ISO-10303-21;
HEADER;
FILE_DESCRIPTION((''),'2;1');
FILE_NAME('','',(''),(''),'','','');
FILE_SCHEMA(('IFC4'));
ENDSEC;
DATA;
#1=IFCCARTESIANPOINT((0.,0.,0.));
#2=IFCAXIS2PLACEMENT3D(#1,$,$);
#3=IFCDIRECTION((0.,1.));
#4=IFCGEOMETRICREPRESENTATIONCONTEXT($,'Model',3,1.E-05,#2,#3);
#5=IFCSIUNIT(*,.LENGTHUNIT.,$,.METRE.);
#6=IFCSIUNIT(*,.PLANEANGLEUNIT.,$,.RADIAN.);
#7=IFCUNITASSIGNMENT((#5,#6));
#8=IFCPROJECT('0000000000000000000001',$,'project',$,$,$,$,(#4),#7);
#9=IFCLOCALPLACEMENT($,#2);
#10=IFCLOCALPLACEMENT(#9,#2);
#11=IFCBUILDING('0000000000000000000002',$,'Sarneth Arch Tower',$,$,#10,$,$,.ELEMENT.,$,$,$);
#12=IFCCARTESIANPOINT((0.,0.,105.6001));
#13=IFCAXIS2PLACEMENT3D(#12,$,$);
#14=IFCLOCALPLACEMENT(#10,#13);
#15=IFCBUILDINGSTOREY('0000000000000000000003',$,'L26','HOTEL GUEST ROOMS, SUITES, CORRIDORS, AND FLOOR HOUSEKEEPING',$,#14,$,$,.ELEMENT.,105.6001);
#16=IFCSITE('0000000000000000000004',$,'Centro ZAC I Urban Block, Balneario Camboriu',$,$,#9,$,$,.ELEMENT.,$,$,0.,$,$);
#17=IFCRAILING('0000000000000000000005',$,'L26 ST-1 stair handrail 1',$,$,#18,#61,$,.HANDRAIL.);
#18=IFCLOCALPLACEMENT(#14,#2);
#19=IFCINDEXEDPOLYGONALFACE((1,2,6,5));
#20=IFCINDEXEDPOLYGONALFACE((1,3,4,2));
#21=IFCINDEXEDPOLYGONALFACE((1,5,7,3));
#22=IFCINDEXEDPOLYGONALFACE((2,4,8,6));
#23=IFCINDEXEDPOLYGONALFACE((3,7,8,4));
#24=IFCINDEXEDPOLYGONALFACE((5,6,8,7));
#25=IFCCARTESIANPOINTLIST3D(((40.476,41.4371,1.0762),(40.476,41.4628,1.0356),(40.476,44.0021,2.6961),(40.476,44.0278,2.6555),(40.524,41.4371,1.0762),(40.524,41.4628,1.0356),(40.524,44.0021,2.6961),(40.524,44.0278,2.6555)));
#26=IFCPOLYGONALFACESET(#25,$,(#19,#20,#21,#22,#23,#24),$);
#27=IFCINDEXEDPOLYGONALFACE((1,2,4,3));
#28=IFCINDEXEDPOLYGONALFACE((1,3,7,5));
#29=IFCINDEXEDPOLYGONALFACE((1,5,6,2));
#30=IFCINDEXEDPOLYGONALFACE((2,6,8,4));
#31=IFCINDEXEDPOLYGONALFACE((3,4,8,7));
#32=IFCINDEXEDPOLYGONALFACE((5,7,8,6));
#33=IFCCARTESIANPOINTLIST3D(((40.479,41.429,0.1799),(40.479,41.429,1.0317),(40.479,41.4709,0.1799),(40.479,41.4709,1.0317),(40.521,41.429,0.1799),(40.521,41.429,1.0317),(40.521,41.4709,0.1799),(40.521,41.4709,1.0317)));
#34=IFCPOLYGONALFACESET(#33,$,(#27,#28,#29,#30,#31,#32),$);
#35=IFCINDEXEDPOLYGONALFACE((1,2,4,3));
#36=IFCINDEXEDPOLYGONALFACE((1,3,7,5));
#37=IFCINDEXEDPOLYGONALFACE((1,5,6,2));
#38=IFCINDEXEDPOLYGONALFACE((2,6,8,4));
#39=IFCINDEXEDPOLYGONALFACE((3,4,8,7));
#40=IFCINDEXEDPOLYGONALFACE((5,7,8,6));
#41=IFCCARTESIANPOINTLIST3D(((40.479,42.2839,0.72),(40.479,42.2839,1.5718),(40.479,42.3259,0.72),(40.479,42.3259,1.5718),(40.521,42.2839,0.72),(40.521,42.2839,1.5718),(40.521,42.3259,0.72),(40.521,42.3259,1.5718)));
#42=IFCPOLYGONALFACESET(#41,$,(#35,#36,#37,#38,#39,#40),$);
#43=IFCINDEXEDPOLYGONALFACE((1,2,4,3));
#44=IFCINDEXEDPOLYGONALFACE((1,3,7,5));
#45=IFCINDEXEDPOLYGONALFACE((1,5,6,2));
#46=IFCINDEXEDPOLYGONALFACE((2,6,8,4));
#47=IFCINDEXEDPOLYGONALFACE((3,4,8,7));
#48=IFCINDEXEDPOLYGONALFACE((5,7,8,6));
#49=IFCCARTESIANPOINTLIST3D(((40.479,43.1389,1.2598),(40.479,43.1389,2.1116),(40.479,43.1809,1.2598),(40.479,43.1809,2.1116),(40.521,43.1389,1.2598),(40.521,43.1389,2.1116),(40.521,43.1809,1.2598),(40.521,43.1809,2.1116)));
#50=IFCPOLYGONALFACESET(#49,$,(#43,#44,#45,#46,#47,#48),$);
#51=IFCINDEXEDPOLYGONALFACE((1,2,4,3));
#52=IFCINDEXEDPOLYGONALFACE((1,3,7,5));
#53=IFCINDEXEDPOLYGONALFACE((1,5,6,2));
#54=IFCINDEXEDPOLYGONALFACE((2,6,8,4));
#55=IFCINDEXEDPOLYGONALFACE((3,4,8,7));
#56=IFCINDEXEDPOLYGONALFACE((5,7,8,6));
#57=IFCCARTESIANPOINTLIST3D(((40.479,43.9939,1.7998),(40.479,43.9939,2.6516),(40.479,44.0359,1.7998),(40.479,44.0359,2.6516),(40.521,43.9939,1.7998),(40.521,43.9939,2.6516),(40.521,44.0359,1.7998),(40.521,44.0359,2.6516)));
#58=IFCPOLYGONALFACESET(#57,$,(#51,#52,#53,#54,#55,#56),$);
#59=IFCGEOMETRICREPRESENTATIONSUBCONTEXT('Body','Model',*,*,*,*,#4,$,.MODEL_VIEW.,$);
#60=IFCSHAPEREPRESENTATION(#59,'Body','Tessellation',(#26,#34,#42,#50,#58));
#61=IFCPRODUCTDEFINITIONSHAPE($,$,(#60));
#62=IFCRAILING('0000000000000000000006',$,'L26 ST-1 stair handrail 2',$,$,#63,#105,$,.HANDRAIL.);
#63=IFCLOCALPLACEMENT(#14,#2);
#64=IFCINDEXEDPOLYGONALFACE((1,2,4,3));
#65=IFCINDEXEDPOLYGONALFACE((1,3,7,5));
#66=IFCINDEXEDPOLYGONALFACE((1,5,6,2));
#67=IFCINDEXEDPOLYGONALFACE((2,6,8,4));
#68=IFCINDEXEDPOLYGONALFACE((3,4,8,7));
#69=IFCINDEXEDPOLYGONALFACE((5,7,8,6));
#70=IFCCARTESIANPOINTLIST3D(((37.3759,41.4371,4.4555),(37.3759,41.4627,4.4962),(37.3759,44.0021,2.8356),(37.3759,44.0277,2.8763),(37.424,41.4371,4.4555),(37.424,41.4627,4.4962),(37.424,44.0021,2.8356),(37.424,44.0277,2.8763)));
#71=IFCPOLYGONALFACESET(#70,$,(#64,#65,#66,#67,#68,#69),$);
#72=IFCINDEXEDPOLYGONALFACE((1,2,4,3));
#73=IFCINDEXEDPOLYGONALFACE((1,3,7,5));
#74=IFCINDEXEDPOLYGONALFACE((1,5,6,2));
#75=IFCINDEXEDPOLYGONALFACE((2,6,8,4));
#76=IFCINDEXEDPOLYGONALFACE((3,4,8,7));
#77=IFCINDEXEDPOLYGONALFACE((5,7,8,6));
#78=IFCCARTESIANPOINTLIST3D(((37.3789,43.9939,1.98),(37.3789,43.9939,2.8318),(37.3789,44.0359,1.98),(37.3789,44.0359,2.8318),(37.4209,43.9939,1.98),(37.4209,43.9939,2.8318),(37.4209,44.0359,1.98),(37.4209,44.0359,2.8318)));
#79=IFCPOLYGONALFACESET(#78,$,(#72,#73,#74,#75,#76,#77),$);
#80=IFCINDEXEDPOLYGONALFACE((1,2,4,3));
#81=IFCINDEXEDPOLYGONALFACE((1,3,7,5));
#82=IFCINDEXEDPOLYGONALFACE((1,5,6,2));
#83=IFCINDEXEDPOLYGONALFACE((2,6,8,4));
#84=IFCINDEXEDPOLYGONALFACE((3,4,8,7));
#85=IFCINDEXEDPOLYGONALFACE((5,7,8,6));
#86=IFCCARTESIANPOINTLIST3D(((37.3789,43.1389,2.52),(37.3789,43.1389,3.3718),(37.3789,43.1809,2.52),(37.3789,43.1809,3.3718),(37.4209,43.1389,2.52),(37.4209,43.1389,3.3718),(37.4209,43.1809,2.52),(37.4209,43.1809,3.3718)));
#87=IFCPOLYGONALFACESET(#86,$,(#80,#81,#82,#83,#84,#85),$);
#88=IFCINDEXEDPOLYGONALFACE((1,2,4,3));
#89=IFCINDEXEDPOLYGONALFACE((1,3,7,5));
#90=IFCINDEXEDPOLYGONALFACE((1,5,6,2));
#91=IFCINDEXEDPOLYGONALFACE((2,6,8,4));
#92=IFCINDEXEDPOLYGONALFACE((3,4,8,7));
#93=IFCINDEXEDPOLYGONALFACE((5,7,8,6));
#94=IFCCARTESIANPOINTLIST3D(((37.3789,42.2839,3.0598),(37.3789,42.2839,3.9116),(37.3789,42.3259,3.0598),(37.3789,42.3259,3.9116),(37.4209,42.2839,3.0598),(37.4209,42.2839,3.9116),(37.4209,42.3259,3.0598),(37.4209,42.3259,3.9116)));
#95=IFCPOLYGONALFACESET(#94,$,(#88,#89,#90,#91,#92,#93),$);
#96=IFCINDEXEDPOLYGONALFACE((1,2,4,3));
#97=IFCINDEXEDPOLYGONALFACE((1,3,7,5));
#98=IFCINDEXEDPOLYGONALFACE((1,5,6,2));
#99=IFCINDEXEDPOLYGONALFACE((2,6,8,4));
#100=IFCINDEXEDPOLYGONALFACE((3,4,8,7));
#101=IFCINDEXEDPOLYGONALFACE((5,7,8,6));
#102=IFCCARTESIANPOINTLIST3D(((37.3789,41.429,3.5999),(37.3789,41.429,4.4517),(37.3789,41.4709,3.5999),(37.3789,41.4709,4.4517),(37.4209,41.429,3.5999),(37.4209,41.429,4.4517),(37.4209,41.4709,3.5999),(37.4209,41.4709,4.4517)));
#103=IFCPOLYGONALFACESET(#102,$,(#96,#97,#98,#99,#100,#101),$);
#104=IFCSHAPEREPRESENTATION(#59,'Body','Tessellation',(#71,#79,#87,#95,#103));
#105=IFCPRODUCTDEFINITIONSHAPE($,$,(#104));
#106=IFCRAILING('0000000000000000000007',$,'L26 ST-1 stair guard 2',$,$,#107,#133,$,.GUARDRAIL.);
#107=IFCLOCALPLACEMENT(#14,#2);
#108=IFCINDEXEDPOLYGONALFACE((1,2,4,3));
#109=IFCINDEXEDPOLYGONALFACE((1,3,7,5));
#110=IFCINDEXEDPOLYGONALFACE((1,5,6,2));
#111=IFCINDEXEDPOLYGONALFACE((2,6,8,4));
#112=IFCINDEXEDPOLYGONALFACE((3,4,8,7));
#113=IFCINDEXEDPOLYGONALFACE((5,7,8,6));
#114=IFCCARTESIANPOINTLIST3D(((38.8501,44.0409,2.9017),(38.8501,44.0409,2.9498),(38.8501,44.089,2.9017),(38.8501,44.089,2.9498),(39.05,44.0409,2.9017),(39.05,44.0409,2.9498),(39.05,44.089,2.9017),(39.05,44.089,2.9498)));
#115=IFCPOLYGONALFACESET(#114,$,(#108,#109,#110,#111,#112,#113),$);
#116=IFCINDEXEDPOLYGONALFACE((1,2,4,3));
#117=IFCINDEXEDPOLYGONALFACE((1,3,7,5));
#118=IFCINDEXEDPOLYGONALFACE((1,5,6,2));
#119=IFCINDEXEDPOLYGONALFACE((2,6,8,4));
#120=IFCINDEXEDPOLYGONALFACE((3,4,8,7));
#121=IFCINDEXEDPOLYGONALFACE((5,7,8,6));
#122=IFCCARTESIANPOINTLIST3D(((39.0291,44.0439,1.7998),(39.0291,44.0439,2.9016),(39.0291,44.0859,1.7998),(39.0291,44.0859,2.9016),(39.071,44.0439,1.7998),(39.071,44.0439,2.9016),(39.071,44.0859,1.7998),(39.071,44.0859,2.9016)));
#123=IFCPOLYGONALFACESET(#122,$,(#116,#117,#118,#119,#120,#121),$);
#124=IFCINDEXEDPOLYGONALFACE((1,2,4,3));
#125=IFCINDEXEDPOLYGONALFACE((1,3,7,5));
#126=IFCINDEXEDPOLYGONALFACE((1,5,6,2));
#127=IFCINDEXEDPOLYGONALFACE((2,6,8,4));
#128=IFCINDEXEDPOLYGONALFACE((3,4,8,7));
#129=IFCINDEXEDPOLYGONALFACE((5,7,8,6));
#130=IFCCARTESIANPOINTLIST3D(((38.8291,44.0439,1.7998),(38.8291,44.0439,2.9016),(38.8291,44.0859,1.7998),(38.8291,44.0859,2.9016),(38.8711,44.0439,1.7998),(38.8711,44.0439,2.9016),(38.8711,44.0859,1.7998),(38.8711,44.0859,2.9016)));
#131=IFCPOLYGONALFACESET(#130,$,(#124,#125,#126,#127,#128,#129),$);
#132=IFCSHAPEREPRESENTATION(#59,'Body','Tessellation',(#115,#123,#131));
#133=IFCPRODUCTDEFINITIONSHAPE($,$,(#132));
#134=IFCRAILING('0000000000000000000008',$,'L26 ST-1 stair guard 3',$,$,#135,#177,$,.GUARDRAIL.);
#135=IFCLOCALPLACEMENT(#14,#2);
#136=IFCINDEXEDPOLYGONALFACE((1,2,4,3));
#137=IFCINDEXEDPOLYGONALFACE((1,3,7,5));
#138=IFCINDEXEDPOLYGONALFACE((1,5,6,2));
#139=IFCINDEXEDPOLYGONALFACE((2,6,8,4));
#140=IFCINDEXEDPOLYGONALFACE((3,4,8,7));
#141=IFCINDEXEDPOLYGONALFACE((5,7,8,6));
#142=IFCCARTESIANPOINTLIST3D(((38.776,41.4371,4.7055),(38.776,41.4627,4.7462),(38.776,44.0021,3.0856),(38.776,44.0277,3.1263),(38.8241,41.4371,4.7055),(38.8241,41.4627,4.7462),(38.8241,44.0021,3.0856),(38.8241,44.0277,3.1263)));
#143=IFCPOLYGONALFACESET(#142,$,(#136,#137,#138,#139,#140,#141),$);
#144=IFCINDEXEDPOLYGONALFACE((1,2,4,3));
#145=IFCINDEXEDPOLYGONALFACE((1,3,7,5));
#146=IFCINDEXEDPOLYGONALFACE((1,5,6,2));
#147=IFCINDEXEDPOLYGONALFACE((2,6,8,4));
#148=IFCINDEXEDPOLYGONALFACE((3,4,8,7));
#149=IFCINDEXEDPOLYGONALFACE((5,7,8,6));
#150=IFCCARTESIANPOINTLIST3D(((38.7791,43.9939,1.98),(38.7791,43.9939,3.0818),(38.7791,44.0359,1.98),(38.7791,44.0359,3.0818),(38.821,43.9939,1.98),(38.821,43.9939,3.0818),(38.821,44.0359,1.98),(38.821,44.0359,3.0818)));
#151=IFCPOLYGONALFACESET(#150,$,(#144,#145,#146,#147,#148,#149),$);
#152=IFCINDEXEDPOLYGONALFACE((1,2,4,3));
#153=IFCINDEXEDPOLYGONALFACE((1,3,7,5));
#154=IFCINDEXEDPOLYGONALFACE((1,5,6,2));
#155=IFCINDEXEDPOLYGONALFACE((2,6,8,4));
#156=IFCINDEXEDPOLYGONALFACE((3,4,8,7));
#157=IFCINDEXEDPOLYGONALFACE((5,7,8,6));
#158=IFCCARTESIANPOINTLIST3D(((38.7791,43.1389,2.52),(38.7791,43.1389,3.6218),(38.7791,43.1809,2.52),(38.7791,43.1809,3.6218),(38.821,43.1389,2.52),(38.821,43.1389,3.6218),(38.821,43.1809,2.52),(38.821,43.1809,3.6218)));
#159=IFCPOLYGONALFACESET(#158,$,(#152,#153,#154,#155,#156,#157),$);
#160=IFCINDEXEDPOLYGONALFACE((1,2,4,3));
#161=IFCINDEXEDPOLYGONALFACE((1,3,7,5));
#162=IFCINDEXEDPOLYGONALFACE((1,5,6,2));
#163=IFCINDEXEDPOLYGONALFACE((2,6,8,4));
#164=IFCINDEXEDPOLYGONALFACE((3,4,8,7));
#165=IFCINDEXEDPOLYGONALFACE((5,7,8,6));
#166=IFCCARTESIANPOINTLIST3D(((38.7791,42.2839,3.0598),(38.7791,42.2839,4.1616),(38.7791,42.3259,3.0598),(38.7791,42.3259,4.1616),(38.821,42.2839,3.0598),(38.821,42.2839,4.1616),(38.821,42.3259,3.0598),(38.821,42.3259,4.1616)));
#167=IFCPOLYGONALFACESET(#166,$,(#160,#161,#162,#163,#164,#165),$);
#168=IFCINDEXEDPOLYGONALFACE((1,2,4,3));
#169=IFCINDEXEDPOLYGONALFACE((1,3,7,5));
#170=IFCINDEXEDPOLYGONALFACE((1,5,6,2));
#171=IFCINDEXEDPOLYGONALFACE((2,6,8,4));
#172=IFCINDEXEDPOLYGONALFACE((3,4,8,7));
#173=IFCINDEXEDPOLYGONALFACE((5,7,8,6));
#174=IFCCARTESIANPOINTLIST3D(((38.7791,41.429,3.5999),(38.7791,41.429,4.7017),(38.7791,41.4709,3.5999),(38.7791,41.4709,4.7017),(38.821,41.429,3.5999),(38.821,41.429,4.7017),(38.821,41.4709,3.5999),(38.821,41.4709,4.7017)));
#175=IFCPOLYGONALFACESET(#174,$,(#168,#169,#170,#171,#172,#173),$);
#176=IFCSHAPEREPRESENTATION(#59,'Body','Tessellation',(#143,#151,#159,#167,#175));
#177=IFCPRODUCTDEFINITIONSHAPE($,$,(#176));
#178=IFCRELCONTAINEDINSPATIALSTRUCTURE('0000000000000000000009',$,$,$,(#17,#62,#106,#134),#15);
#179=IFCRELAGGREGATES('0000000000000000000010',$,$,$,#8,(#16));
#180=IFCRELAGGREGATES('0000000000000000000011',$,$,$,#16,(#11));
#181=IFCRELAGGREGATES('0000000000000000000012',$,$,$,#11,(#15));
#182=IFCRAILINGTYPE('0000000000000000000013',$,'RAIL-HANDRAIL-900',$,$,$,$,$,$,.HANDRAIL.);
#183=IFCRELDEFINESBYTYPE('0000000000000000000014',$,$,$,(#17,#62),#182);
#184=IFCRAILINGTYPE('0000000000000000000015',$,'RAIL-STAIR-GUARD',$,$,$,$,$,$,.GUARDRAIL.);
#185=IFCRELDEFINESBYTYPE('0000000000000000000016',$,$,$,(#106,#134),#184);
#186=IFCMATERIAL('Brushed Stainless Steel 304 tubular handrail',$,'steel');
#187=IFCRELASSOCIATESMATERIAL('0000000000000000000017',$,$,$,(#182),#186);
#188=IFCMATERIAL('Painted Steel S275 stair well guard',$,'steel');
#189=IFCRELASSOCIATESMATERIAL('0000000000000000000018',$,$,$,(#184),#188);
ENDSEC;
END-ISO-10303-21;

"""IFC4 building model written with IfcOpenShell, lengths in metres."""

from ifc_helpers import new_model, si_unit, direction, frame, origin, origin_2d, place, context, subcontext, project, spatial, rectangle, extrude, material, type_object, element, save


model = new_model("IFC4")

# Units and contexts
model_context = context("Model", 3, precision=1e-05, world=origin(), true_north=direction((0.0, 1.0)))
body_context = subcontext(model_context, "Body", "Model", "MODEL_VIEW")
ifc_project = project(units=[si_unit("LENGTHUNIT", "METRE"), si_unit("PLANEANGLEUNIT", "RADIAN")], contexts=[model_context])

# Site, building, storey
site_placement = place(None, origin())
site = spatial("IfcSite", under=ifc_project, at=site_placement, Name="Centro ZAC I Urban Block, Balneario Camboriu", CompositionType="ELEMENT", RefElevation=0.0)
building_placement = place(site_placement, origin())
building = spatial("IfcBuilding", under=site, at=building_placement, Name="Sarneth Arch Tower", CompositionType="ELEMENT")
storey_placement = place(building_placement, frame((0.0, 0.0, 105.6001)))
storey = spatial("IfcBuildingStorey", under=building, at=storey_placement, Name="L26", Description="HOTEL GUEST ROOMS, SUITES, CORRIDORS, AND FLOOR HOUSEKEEPING", CompositionType="ELEMENT", Elevation=105.6001)

# Railings
ifc_material_1 = material(Name="Brushed Stainless Steel 304 tubular handrail", Category="steel")
railing_type_1 = type_object("IfcRailingType", Name="RAIL-HANDRAIL-900", PredefinedType="HANDRAIL", material=ifc_material_1)
railing_1_placement = place(storey_placement, frame((40.5, 41.45, 0.1799)))
element("IfcRailing", 1, at=railing_1_placement, inside=storey, type_object=railing_type_1, Name="L26 ST-1 stair handrail 1", PredefinedType="HANDRAIL", context=body_context, shape_type="SweptSolid", body=[
    extrude(rectangle(XDim=0.0481, YDim=0.0481, at=origin_2d()), frame((0.0, 0.0, 0.876), z_axis=(0.0, 0.845502, 0.533972), x_axis=(-1.0, 0.0, 0.0)), (0.0, 0.0, 1.0), 3.0337),
    extrude(rectangle(XDim=0.042, YDim=0.042, at=origin_2d()), origin(), (0.0, 0.0, 1.0), 0.8518),
    extrude(rectangle(XDim=0.042, YDim=0.042, at=origin_2d()), frame((0.0, 0.855, 0.54)), (0.0, 0.0, 1.0), 0.8518),
    extrude(rectangle(XDim=0.042, YDim=0.042, at=origin_2d()), frame((0.0, 1.71, 1.0798)), (0.0, 0.0, 1.0), 0.8518),
    extrude(rectangle(XDim=0.042, YDim=0.042, at=origin_2d()), frame((0.0, 2.5649, 1.6199)), (0.0, 0.0, 1.0), 0.8518),
])
railing_2_placement = place(storey_placement, frame((37.3999, 44.0149, 1.98)))
element("IfcRailing", 2, at=railing_2_placement, inside=storey, type_object=railing_type_1, Name="L26 ST-1 stair handrail 2", PredefinedType="HANDRAIL", context=body_context, shape_type="SweptSolid", body=[
    extrude(rectangle(XDim=0.0481, YDim=0.0481, at=origin_2d()), frame((0.0, 0.0, 0.876), z_axis=(0.0, -0.845502, 0.533972), x_axis=(1.0, 0.0, 0.0)), (0.0, 0.0, 1.0), 3.0337),
    extrude(rectangle(XDim=0.042, YDim=0.042, at=origin_2d()), origin(), (0.0, 0.0, 1.0), 0.8518),
    extrude(rectangle(XDim=0.042, YDim=0.042, at=origin_2d()), frame((0.0, -0.855, 0.54)), (0.0, 0.0, 1.0), 0.8518),
    extrude(rectangle(XDim=0.042, YDim=0.042, at=origin_2d()), frame((0.0, -1.71, 1.0798)), (0.0, 0.0, 1.0), 0.8518),
    extrude(rectangle(XDim=0.042, YDim=0.042, at=origin_2d()), frame((0.0, -2.5649, 1.6199)), (0.0, 0.0, 1.0), 0.8518),
])
ifc_material_2 = material(Name="Painted Steel S275 stair well guard", Category="steel")
railing_type_2 = type_object("IfcRailingType", Name="RAIL-STAIR-GUARD", PredefinedType="GUARDRAIL", material=ifc_material_2)
railing_3_placement = place(storey_placement, frame((39.05, 44.0649, 1.7998)))
element("IfcRailing", 3, at=railing_3_placement, inside=storey, type_object=railing_type_2, Name="L26 ST-1 stair guard 2", PredefinedType="GUARDRAIL", context=body_context, shape_type="SweptSolid", body=[
    extrude(rectangle(XDim=0.0481, YDim=0.0481, at=origin_2d()), frame((0.0, 0.0, 1.126), z_axis=(-1.0, 0.0, 0.0), x_axis=(0.0, -1.0, 0.0)), (0.0, 0.0, 1.0), 0.2),
    extrude(rectangle(XDim=0.042, YDim=0.042, at=origin_2d()), origin(), (0.0, 0.0, 1.0), 1.1018),
    extrude(rectangle(XDim=0.042, YDim=0.042, at=origin_2d()), frame((-0.2, 0.0, 0.0)), (0.0, 0.0, 1.0), 1.1018),
])
railing_4_placement = place(storey_placement, frame((38.8, 44.0149, 1.98)))
element("IfcRailing", 4, at=railing_4_placement, inside=storey, type_object=railing_type_2, Name="L26 ST-1 stair guard 3", PredefinedType="GUARDRAIL", context=body_context, shape_type="SweptSolid", body=[
    extrude(rectangle(XDim=0.0481, YDim=0.0481, at=origin_2d()), frame((0.0, 0.0, 1.126), z_axis=(0.0, -0.845502, 0.533972), x_axis=(1.0, 0.0, 0.0)), (0.0, 0.0, 1.0), 3.0337),
    extrude(rectangle(XDim=0.042, YDim=0.042, at=origin_2d()), origin(), (0.0, 0.0, 1.0), 1.1018),
    extrude(rectangle(XDim=0.042, YDim=0.042, at=origin_2d()), frame((0.0, -0.855, 0.54)), (0.0, 0.0, 1.0), 1.1018),
    extrude(rectangle(XDim=0.042, YDim=0.042, at=origin_2d()), frame((0.0, -1.71, 1.0798)), (0.0, 0.0, 1.0), 1.1018),
    extrude(rectangle(XDim=0.042, YDim=0.042, at=origin_2d()), frame((0.0, -2.5649, 1.6199)), (0.0, 0.0, 1.0), 1.1018),
])

save(model, "model.ifc")
